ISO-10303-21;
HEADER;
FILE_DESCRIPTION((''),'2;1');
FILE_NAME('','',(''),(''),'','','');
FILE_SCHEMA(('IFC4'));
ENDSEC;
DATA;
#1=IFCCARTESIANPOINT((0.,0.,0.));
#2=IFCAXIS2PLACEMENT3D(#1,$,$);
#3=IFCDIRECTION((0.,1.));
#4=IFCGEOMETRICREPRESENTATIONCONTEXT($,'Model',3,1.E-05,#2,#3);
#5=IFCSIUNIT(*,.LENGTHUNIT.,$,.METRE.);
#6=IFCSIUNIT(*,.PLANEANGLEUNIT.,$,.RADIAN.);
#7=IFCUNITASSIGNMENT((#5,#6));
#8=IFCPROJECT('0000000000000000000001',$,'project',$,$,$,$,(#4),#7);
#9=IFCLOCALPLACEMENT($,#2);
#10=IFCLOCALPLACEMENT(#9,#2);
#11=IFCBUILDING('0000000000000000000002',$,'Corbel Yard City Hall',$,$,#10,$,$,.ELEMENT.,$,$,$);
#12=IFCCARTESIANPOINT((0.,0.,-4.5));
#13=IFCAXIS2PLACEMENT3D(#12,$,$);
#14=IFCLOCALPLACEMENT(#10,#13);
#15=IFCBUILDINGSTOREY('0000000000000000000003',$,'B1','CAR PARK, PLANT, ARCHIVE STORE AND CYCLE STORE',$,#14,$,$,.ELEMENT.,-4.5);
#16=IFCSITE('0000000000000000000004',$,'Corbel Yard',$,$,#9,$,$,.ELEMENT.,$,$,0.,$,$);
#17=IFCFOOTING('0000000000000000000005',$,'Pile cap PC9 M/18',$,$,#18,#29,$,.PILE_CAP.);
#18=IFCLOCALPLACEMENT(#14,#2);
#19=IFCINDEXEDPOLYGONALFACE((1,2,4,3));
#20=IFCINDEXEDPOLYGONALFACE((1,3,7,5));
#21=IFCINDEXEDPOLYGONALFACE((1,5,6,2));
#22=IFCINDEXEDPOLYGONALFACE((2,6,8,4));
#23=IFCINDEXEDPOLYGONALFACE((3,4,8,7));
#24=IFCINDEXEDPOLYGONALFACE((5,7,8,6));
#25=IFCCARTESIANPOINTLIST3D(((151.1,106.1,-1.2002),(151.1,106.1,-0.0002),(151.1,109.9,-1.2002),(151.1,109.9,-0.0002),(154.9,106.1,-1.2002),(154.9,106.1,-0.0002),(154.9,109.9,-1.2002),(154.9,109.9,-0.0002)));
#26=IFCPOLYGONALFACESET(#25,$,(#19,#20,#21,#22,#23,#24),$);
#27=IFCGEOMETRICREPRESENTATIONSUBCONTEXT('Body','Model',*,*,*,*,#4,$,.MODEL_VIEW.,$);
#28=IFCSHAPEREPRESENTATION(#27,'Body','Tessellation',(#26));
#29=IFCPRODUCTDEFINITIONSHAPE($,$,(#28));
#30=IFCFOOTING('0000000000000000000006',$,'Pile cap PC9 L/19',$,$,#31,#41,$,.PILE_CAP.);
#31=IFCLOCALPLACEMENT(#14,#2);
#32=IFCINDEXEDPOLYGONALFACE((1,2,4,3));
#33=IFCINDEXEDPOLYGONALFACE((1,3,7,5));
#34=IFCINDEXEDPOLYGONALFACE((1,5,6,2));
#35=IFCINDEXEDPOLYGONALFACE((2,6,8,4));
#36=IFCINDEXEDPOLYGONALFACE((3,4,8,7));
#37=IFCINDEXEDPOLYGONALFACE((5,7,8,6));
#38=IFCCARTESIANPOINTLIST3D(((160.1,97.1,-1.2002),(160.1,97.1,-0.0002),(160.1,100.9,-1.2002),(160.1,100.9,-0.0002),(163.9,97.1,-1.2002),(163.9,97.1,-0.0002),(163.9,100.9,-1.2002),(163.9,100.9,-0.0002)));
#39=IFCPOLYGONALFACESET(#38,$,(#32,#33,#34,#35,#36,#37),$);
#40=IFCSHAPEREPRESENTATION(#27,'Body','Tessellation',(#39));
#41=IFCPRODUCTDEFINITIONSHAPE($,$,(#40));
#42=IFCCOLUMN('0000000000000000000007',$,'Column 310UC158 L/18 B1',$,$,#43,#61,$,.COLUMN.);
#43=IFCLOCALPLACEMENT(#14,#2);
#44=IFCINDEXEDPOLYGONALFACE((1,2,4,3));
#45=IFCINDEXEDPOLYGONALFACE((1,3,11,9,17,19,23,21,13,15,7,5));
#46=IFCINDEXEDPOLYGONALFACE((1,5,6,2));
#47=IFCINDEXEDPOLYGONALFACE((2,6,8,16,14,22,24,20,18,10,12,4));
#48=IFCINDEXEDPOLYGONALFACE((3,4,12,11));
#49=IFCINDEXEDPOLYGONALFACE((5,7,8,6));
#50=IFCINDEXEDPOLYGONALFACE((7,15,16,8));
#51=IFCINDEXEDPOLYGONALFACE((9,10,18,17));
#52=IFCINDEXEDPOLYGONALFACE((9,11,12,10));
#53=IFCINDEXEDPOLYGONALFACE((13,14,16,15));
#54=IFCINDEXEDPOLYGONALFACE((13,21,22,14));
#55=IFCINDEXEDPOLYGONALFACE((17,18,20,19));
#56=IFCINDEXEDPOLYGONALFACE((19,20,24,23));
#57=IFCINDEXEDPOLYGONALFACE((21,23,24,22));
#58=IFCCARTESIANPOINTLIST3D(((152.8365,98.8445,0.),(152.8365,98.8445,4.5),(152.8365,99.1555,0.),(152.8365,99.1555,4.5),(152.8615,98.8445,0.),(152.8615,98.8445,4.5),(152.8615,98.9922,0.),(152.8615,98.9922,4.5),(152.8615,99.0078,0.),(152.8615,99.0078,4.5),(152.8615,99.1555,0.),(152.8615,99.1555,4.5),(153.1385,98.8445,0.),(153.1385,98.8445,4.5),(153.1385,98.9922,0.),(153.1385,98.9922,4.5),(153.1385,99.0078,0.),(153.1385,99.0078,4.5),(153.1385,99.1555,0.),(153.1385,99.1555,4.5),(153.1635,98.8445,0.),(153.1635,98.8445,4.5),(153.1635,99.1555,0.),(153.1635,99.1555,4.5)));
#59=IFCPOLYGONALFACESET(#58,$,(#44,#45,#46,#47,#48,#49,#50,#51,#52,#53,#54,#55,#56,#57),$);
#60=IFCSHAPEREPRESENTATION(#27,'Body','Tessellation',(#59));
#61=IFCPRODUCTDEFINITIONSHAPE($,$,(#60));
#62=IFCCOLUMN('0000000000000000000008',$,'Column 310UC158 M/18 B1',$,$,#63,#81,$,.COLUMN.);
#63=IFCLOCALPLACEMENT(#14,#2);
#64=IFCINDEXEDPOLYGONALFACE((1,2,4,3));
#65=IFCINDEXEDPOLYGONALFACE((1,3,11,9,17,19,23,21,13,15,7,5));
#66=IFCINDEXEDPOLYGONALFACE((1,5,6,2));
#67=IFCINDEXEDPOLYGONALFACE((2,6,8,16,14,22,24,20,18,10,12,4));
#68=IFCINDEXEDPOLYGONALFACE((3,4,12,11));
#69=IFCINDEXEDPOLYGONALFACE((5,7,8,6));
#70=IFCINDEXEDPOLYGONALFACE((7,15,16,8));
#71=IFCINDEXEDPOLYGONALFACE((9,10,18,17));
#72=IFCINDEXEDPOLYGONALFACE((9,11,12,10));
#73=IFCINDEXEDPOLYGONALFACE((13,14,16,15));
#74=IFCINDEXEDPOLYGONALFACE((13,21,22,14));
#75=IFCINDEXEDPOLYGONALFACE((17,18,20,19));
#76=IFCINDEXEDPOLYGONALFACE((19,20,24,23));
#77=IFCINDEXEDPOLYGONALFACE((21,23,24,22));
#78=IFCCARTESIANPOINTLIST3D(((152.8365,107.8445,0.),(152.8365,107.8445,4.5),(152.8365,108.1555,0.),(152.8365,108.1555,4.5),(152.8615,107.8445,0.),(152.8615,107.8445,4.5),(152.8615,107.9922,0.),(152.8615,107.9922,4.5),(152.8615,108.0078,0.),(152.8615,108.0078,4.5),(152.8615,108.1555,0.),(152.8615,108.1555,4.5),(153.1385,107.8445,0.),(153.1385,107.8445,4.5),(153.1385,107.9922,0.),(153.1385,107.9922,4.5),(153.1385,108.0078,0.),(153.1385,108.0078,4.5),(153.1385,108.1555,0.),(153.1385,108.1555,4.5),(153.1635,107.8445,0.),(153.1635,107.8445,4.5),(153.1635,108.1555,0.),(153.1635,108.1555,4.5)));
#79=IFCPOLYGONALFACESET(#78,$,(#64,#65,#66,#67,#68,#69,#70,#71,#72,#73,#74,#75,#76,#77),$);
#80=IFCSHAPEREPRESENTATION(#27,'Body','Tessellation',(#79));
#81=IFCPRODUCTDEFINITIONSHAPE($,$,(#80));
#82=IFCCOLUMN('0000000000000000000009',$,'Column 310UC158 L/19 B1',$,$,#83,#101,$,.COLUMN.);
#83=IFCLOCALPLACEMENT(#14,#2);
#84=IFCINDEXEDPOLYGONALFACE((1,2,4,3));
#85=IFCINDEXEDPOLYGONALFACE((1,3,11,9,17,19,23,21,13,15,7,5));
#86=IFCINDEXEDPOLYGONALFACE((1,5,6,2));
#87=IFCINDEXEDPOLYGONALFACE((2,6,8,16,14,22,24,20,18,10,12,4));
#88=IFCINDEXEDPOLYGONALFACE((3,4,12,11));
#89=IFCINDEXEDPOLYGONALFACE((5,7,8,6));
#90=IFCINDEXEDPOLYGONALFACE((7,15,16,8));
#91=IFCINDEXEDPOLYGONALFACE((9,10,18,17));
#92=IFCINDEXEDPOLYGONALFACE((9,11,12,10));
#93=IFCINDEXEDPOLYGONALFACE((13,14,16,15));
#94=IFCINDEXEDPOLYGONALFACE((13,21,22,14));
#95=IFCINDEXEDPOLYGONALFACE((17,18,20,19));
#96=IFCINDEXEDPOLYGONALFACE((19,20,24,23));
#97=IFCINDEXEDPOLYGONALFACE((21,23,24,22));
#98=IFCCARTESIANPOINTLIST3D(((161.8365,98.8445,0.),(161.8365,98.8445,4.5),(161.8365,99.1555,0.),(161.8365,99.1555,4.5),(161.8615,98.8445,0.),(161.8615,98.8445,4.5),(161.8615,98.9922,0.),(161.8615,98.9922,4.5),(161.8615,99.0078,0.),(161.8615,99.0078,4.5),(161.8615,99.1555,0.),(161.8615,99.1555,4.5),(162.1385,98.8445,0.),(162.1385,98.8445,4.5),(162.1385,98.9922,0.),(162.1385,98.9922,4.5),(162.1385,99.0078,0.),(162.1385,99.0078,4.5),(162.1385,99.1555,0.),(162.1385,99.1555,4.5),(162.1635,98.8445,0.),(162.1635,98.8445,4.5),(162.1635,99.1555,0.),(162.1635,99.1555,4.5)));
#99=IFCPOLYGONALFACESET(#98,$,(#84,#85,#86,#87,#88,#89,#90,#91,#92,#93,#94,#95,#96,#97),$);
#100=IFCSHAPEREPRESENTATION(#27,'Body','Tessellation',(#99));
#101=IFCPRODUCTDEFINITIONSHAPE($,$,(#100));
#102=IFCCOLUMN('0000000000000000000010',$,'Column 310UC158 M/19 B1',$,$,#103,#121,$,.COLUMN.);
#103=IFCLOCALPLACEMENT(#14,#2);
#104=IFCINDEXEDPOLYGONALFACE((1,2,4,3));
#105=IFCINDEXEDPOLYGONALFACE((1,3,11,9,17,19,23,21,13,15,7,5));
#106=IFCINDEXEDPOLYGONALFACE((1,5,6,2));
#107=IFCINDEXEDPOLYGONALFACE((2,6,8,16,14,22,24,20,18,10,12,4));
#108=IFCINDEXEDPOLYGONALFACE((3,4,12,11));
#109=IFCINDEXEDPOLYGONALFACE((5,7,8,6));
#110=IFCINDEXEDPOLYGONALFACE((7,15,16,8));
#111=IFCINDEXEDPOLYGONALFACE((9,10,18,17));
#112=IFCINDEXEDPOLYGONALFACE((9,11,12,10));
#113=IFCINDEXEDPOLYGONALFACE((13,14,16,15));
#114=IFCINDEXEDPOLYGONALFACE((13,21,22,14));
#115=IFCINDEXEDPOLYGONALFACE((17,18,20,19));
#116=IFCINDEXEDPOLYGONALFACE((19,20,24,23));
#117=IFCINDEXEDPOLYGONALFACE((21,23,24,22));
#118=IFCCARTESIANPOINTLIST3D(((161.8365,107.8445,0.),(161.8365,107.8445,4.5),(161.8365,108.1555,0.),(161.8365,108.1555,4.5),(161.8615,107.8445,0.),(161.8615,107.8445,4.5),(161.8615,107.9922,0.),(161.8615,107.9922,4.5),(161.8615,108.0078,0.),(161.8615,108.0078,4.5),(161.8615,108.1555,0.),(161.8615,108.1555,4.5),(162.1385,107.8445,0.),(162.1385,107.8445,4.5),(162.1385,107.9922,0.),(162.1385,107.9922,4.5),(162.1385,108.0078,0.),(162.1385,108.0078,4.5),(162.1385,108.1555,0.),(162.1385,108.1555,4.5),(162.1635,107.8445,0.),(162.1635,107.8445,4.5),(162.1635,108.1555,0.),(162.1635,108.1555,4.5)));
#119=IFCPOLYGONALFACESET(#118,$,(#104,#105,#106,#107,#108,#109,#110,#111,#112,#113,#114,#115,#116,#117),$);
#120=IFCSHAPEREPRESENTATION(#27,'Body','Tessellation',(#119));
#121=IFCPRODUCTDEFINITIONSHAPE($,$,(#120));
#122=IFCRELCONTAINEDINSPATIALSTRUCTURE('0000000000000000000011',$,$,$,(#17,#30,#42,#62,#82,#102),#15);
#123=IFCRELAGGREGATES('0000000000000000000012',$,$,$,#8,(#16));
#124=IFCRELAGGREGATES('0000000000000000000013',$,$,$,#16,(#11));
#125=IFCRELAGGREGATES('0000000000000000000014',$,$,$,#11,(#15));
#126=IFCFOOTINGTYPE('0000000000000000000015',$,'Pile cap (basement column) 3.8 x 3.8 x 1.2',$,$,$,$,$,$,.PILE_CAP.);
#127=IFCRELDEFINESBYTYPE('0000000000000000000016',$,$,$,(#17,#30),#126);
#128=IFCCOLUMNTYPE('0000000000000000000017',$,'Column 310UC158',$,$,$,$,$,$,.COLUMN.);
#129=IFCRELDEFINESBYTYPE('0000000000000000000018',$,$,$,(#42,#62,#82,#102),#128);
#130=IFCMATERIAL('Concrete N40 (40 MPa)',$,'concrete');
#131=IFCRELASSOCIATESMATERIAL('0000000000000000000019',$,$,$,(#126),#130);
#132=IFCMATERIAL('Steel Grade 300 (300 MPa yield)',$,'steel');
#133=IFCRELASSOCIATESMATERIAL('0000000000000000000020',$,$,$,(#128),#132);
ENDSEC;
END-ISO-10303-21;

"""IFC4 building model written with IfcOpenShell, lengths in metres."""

from ifc_helpers import new_model, si_unit, direction, frame, origin, origin_2d, place, context, subcontext, project, spatial, rectangle, i_section, extrude, material, material_profile, profile_set, type_object, element, save


model = new_model("IFC4")

# Units and contexts
model_context = context("Model", 3, precision=1e-05, world=origin(), true_north=direction((0.0, 1.0)))
body_context = subcontext(model_context, "Body", "Model", "MODEL_VIEW")
ifc_project = project(units=[si_unit("LENGTHUNIT", "METRE"), si_unit("PLANEANGLEUNIT", "RADIAN")], contexts=[model_context])

# Site, building, storey
site_placement = place(None, origin())
site = spatial("IfcSite", under=ifc_project, at=site_placement, Name="Corbel Yard", CompositionType="ELEMENT", RefElevation=0.0)
building_placement = place(site_placement, origin())
building = spatial("IfcBuilding", under=site, at=building_placement, Name="Corbel Yard City Hall", CompositionType="ELEMENT")
storey_placement = place(building_placement, frame((0.0, 0.0, -4.5)))
storey = spatial("IfcBuildingStorey", under=building, at=storey_placement, Name="B1", Description="CAR PARK, PLANT, ARCHIVE STORE AND CYCLE STORE", CompositionType="ELEMENT", Elevation=-4.5)

# Shared definitions
ifc_material_1 = material(Name="Concrete N40 (40 MPa)", Category="concrete")

# Footings
footing_type_1 = type_object("IfcFootingType", Name="Pile cap (basement column) 3.8 x 3.8 x 1.2", PredefinedType="PILE_CAP", material=ifc_material_1)
for number, where, z_axis, x_axis, name in (
    (1, (153.0, 108.0, -1.2002), (0.0, 0.0, 1.0), (1.0, 0.0, 0.0), "Pile cap PC9 M/18"),
    (2, (162.0, 99.0, -1.2002), (0.0, 0.0, 1.0), (1.0, 0.0, 0.0), "Pile cap PC9 L/19"),
):
    element("IfcFooting", number, at=place(storey_placement, frame(where, z_axis=z_axis, x_axis=x_axis)), inside=storey, type_object=footing_type_1, Name=name, PredefinedType="PILE_CAP", context=body_context, shape_type="SweptSolid", body=[
        extrude(rectangle(XDim=3.8, YDim=3.8, at=origin_2d()), origin(), (0.0, 0.0, 1.0), 1.2),
    ])

# Columns
ifc_material_2 = material(Name="Steel Grade 300 (300 MPa yield)", Category="steel")
ifc_material_profile_1 = material_profile(ifc_material_2, i_section(OverallWidth=0.311, OverallDepth=0.3269, WebThickness=0.0156, FlangeThickness=0.0249, at=origin_2d()), Name="310UC158")
ifc_profile_set_1 = profile_set([ifc_material_profile_1], Name="Steel Grade 300 (300 MPa yield)")
column_type = type_object("IfcColumnType", Name="Column 310UC158", PredefinedType="COLUMN", material=ifc_profile_set_1)
for number, where, z_axis, x_axis, name in (
    (3, (153.0, 99.0, 0.0), (0.0, 0.0, 1.0), (0.0, 1.0, 0.0), "Column 310UC158 L/18 B1"),
    (4, (153.0, 108.0, 0.0), (0.0, 0.0, 1.0), (0.0, 1.0, 0.0), "Column 310UC158 M/18 B1"),
    (5, (162.0, 99.0, 0.0), (0.0, 0.0, 1.0), (0.0, 1.0, 0.0), "Column 310UC158 L/19 B1"),
    (6, (162.0, 108.0, 0.0), (0.0, 0.0, 1.0), (0.0, 1.0, 0.0), "Column 310UC158 M/19 B1"),
):
    element("IfcColumn", number, at=place(storey_placement, frame(where, z_axis=z_axis, x_axis=x_axis)), inside=storey, type_object=column_type, Name=name, PredefinedType="COLUMN", context=body_context, shape_type="SweptSolid", body=[
        extrude(i_section(OverallWidth=0.311, OverallDepth=0.3269, WebThickness=0.0156, FlangeThickness=0.0249, at=origin_2d()), origin(), (0.0, 0.0, 1.0), 4.5),
    ])

save(model, "model.ifc")
